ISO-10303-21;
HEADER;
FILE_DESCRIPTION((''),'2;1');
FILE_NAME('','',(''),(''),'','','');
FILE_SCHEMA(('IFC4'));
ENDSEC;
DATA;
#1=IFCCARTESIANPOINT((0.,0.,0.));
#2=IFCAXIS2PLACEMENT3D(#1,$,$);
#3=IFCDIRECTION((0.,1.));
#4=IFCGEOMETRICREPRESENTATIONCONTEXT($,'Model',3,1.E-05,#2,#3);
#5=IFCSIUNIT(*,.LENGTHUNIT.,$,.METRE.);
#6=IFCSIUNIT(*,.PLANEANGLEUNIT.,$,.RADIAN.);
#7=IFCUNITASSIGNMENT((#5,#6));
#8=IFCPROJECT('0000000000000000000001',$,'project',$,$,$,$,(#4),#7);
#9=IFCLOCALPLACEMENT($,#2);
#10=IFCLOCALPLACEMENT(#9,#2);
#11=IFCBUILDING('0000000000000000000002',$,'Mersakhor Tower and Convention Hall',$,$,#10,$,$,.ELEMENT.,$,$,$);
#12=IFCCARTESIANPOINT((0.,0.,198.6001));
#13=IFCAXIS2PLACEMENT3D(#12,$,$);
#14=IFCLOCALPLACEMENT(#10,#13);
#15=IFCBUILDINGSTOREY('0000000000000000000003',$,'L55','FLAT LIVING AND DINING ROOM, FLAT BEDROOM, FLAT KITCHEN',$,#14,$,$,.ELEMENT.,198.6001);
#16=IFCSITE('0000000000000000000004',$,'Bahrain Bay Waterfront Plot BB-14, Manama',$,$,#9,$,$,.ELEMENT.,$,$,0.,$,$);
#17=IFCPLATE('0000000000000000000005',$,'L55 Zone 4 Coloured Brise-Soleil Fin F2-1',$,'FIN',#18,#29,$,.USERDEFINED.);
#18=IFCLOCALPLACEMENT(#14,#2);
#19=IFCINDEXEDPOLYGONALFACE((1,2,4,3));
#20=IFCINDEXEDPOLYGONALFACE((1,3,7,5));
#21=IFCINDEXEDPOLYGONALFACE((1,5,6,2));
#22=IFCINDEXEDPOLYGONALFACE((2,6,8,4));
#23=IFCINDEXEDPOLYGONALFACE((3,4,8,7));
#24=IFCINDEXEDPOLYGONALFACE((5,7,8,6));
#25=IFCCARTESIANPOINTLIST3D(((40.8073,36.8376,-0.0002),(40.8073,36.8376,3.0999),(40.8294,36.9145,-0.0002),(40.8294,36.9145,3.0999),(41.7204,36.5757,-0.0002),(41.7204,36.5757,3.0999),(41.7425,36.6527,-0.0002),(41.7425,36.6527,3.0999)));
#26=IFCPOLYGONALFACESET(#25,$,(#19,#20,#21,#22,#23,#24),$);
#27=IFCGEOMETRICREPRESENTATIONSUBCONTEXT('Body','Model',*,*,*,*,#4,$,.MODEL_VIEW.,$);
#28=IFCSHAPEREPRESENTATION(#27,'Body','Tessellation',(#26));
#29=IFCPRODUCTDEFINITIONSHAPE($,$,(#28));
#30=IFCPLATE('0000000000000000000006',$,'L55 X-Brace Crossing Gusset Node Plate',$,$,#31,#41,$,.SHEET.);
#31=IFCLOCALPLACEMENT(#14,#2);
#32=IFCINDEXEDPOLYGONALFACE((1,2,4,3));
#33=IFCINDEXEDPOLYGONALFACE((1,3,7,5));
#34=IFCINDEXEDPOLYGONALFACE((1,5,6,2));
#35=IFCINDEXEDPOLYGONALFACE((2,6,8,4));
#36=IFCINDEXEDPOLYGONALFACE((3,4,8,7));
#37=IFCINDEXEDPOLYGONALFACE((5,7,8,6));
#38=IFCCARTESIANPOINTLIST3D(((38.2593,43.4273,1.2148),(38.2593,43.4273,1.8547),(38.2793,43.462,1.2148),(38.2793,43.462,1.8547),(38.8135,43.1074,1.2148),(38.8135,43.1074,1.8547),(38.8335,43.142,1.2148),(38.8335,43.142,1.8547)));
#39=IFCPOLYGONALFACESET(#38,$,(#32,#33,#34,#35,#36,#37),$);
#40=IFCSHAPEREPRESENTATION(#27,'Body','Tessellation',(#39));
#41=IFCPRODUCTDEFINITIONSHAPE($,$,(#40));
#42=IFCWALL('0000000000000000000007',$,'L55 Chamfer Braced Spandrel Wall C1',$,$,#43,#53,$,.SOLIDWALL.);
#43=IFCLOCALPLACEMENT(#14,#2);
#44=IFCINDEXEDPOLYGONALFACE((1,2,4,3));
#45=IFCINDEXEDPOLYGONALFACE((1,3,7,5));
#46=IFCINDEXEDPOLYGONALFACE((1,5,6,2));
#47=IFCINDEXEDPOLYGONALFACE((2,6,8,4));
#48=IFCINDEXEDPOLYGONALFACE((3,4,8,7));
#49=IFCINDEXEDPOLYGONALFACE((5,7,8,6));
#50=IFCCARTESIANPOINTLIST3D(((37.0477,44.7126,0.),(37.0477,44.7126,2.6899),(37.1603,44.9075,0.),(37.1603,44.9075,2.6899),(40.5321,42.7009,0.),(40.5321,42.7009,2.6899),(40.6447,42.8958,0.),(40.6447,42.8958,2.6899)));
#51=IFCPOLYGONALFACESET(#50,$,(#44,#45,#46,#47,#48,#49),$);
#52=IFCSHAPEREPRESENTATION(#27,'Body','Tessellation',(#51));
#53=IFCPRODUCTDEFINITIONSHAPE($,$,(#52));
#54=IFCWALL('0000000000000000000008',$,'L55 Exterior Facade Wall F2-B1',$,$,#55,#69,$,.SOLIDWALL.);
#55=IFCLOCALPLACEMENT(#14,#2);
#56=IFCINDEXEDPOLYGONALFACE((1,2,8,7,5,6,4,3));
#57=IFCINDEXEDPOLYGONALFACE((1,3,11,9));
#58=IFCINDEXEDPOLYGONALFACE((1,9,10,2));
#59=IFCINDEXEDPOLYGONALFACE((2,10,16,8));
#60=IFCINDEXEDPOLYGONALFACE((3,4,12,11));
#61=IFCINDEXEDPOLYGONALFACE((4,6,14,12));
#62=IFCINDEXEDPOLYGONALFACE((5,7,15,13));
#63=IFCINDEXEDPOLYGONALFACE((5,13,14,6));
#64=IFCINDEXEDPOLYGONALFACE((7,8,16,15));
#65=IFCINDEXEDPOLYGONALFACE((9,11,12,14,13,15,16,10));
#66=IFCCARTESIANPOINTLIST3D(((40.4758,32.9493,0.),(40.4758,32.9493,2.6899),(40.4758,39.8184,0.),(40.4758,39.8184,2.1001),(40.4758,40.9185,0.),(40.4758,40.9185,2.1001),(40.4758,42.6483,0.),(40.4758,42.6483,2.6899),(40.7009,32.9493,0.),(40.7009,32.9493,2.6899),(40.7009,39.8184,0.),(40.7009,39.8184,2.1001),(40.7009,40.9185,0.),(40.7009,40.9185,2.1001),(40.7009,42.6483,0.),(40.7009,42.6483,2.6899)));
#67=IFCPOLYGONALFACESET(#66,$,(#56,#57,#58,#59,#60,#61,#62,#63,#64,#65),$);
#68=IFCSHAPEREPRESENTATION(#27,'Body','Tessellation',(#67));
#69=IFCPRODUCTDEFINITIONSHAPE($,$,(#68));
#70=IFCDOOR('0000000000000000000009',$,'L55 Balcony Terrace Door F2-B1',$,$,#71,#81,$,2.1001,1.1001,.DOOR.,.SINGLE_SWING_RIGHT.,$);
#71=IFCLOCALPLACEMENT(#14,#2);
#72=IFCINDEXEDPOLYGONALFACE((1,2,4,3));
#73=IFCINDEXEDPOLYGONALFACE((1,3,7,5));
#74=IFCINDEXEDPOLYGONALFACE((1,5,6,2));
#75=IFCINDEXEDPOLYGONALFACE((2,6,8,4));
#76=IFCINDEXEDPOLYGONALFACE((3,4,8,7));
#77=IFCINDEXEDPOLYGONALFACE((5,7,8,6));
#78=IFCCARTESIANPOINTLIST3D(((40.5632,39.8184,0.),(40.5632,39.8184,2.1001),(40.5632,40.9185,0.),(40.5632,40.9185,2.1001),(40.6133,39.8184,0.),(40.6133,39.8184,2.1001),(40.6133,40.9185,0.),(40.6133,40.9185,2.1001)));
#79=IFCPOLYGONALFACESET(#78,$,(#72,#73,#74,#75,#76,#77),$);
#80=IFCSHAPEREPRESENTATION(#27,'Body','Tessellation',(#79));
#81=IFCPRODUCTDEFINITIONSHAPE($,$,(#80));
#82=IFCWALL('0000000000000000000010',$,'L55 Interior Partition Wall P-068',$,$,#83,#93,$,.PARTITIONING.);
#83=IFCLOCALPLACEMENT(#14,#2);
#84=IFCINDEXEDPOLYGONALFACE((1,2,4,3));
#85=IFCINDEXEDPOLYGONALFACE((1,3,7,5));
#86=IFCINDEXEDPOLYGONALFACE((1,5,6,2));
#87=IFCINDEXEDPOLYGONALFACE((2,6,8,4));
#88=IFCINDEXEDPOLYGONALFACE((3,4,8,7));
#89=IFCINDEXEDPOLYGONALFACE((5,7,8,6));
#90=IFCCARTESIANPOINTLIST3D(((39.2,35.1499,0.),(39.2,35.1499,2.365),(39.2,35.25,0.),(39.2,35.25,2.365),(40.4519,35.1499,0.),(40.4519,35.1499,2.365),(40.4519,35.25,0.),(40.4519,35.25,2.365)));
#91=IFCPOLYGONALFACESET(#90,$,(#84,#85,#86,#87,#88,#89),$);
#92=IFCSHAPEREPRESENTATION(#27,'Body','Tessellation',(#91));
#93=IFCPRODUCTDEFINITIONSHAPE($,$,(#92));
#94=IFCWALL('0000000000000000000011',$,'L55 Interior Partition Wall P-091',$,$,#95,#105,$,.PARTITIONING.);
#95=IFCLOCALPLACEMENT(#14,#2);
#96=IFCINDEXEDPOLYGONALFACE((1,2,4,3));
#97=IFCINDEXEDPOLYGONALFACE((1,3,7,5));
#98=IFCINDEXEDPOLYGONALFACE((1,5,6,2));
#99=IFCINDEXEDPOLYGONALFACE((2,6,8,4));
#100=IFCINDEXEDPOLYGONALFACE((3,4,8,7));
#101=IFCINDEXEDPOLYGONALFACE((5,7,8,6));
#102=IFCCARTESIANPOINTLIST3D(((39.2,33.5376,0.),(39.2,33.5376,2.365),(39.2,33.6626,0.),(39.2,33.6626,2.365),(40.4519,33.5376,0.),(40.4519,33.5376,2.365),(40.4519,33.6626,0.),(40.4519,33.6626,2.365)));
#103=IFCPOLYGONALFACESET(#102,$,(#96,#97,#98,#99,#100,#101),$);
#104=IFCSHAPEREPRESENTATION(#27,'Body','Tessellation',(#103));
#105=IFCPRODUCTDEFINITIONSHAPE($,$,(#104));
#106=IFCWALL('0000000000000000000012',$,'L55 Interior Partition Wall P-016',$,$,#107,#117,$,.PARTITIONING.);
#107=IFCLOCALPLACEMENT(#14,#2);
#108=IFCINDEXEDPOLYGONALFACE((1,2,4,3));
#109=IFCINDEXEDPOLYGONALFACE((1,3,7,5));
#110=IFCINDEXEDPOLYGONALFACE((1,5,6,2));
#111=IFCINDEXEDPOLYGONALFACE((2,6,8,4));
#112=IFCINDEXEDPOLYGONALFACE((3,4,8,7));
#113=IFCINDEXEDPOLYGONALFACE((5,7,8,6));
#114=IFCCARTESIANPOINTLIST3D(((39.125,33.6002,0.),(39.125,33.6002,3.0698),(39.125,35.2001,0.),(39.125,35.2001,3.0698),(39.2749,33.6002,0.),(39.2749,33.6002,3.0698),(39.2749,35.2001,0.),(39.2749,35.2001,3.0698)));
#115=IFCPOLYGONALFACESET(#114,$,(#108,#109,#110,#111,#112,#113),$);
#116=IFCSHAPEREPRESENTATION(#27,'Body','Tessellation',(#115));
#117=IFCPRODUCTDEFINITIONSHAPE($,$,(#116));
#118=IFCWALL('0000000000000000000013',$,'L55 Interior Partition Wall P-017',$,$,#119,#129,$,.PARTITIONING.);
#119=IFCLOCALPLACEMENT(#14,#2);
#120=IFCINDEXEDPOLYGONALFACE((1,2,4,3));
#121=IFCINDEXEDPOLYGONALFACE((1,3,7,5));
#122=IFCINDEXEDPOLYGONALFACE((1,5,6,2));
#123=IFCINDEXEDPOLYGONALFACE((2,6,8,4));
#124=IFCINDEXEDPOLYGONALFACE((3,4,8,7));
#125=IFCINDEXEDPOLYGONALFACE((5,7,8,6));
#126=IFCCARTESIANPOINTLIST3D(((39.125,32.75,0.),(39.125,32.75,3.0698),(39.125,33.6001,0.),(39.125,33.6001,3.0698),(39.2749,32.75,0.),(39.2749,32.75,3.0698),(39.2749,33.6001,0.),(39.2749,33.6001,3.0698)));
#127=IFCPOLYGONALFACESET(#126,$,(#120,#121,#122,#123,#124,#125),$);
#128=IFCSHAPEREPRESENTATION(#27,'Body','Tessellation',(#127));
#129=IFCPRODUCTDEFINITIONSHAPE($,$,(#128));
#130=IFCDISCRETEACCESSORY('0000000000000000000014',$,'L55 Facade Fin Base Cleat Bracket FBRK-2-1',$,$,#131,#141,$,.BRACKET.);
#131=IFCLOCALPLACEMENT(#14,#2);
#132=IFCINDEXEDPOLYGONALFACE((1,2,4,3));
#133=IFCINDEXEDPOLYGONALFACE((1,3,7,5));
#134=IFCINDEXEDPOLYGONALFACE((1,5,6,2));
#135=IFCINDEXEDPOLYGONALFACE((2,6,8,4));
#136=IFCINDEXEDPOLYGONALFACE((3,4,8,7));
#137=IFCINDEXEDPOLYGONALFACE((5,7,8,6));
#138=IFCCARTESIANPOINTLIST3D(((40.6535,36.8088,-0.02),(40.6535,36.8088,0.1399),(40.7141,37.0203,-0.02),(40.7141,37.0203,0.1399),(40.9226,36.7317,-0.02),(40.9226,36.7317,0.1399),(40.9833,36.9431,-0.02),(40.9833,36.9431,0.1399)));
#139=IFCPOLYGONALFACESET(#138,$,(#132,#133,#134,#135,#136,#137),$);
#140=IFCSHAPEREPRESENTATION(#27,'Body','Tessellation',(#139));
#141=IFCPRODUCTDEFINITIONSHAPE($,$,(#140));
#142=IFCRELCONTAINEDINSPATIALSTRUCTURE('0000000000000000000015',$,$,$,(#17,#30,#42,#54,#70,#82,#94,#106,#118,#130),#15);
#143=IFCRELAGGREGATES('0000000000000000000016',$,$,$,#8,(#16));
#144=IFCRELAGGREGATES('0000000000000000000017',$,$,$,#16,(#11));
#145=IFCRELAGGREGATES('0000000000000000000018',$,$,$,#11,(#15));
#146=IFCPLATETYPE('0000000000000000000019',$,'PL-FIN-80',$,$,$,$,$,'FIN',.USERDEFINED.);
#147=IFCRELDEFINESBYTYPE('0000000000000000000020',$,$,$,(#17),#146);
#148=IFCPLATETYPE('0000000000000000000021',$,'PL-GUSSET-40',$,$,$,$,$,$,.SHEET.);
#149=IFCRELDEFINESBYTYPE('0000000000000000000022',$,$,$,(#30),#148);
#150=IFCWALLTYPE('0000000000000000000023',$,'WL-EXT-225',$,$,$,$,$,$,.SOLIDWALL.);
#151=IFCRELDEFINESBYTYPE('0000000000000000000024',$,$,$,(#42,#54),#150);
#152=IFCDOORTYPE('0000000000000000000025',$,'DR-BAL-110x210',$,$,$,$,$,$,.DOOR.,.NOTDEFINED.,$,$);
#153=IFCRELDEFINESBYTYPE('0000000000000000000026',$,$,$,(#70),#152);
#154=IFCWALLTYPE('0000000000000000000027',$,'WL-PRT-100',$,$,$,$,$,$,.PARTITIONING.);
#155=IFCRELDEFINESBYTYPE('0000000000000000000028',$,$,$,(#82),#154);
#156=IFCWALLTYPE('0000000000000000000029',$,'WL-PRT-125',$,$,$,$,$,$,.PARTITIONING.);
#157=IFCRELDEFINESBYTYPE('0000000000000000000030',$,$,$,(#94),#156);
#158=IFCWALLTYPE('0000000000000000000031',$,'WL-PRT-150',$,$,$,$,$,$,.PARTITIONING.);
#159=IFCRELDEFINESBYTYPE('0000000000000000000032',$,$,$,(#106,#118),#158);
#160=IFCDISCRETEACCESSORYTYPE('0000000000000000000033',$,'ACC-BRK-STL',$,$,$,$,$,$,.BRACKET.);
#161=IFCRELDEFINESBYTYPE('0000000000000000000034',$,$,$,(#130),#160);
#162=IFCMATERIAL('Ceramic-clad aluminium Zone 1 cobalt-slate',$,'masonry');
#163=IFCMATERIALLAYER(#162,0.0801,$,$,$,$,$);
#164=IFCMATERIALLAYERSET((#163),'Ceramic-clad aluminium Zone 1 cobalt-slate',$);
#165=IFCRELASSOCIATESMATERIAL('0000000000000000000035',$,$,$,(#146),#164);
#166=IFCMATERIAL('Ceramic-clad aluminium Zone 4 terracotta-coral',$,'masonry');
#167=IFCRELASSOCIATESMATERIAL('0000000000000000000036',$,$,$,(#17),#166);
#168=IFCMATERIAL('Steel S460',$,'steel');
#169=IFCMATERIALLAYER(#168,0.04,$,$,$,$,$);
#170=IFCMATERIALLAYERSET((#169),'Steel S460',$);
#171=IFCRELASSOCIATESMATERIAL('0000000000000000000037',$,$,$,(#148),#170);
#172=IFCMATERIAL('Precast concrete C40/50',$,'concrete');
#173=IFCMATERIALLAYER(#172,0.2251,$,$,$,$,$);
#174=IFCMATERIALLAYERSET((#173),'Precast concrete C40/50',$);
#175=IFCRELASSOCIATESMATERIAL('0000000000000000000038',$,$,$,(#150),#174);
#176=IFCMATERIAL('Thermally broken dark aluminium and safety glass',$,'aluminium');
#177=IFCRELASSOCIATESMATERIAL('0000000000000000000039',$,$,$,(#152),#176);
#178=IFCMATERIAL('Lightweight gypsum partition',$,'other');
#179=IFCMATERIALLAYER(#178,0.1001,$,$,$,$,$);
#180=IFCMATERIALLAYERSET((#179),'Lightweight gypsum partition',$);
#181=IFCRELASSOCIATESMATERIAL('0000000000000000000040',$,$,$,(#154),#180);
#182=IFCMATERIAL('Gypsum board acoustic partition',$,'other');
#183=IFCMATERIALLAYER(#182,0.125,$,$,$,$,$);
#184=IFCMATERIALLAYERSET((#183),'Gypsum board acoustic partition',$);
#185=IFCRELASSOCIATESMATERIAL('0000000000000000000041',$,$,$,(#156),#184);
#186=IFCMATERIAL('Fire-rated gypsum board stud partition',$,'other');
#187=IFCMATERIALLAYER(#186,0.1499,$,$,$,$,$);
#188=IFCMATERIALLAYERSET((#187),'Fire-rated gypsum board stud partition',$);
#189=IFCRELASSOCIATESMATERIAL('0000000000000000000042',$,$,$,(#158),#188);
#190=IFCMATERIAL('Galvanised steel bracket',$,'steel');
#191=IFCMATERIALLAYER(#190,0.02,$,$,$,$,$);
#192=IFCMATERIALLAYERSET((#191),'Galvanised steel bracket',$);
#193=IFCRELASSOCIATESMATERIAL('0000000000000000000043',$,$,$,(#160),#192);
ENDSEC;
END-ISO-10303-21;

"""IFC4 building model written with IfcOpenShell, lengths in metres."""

from ifc_helpers import new_model, si_unit, direction, frame, frame_2d, origin, origin_2d, place, context, subcontext, project, spatial, rectangle, extrude, material, layer, layer_set, type_object, element, fill, save


model = new_model("IFC4")

# Units and contexts
model_context = context("Model", 3, precision=1e-05, world=origin(), true_north=direction((0.0, 1.0)))
body_context = subcontext(model_context, "Body", "Model", "MODEL_VIEW")
ifc_project = project(units=[si_unit("LENGTHUNIT", "METRE"), si_unit("PLANEANGLEUNIT", "RADIAN")], contexts=[model_context])

# Site, building, storey
site_placement = place(None, origin())
site = spatial("IfcSite", under=ifc_project, at=site_placement, Name="Bahrain Bay Waterfront Plot BB-14, Manama", CompositionType="ELEMENT", RefElevation=0.0)
building_placement = place(site_placement, origin())
building = spatial("IfcBuilding", under=site, at=building_placement, Name="Mersakhor Tower and Convention Hall", CompositionType="ELEMENT")
storey_placement = place(building_placement, frame((0.0, 0.0, 198.6001)))
storey = spatial("IfcBuildingStorey", under=building, at=storey_placement, Name="L55", Description="FLAT LIVING AND DINING ROOM, FLAT BEDROOM, FLAT KITCHEN", CompositionType="ELEMENT", Elevation=198.6001)

# Plates
ifc_material_1 = material(Name="Ceramic-clad aluminium Zone 4 terracotta-coral", Category="masonry")
ifc_material_2 = material(Name="Ceramic-clad aluminium Zone 1 cobalt-slate", Category="masonry")
ifc_layer_1 = layer(ifc_material_2, 0.0801)
ifc_layer_set_1 = layer_set([ifc_layer_1], Name="Ceramic-clad aluminium Zone 1 cobalt-slate")
plate_type_1 = type_object("IfcPlateType", Name="PL-FIN-80", ElementType="FIN", PredefinedType="USERDEFINED", material=ifc_layer_set_1)
plate_1_placement = place(storey_placement, frame((41.2749, 36.7451, -0.0002), z_axis=(0.0, 0.0, 1.0), x_axis=(0.961262, -0.275637, 0.0)))
element("IfcPlate", 1, at=plate_1_placement, inside=storey, type_object=plate_type_1, material=ifc_material_1, Name="L55 Zone 4 Coloured Brise-Soleil Fin F2-1", ObjectType="FIN", PredefinedType="USERDEFINED", context=body_context, shape_type="SweptSolid", body=[
    extrude(rectangle(XDim=0.95, YDim=0.0801, at=origin_2d()), origin(), (0.0, 0.0, 1.0), 3.1001),
])
ifc_material_3 = material(Name="Steel S460", Category="steel")
ifc_layer_2 = layer(ifc_material_3, 0.04)
ifc_layer_set_2 = layer_set([ifc_layer_2], Name="Steel S460")
plate_type_2 = type_object("IfcPlateType", Name="PL-GUSSET-40", PredefinedType="SHEET", material=ifc_layer_set_2)
plate_2_placement = place(storey_placement, frame((38.5464, 43.2847, 1.2148), z_axis=(0.0, 0.0, 1.0), x_axis=(-0.866025, 0.5, 0.0)))
element("IfcPlate", 2, at=plate_2_placement, inside=storey, type_object=plate_type_2, Name="L55 X-Brace Crossing Gusset Node Plate", PredefinedType="SHEET", context=body_context, shape_type="SweptSolid", body=[
    extrude(rectangle(XDim=0.6399, YDim=0.04, at=origin_2d()), origin(), (0.0, 0.0, 1.0), 0.6399),
])

# Wall
ifc_material_4 = material(Name="Precast concrete C40/50", Category="concrete")
ifc_layer_3 = layer(ifc_material_4, 0.2251)
ifc_layer_set_3 = layer_set([ifc_layer_3], Name="Precast concrete C40/50")
wall_type_1 = type_object("IfcWallType", Name="WL-EXT-225", PredefinedType="SOLIDWALL", material=ifc_layer_set_3)
wall_1_placement = place(storey_placement, frame((37.104, 44.8101, 0.0), z_axis=(0.0, 0.0, 1.0), x_axis=(0.866024, -0.500003, 0.0)))
element("IfcWall", 3, at=wall_1_placement, inside=storey, type_object=wall_type_1, Name="L55 Chamfer Braced Spandrel Wall C1", PredefinedType="SOLIDWALL", context=body_context, shape_type="SweptSolid", body=[
    extrude(rectangle(XDim=4.0234, YDim=0.2251, at=frame_2d((2.0117, 0.0))), origin(), (0.0, 0.0, 1.0), 2.6899),
])

# Wall, opening, door
wall_2_placement = place(storey_placement, frame((40.5884, 42.6484, 0.0), z_axis=(0.0, 0.0, 1.0), x_axis=(0.0, -1.0, 0.0)))
wall_2 = element("IfcWall", 4, at=wall_2_placement, inside=storey, type_object=wall_type_1, Name="L55 Exterior Facade Wall F2-B1", PredefinedType="SOLIDWALL", context=body_context, shape_type="SweptSolid", body=[
    extrude(rectangle(XDim=9.699, YDim=0.2251, at=frame_2d((4.8496, 0.0))), origin(), (0.0, 0.0, 1.0), 2.6899),
])
opening_placement = place(wall_2_placement, frame((1.73, 0.0, 0.0)))
opening = element("IfcOpeningElement", 5, at=opening_placement, cuts=wall_2, PredefinedType="OPENING", context=body_context, shape_type="SweptSolid", body=[
    extrude(rectangle(XDim=1.1001, YDim=2.1001, at=frame_2d((0.55, 1.05))), frame((0.0, 0.1226, 0.0), z_axis=(0.0, -1.0, 0.0), x_axis=(1.0, 0.0, 0.0)), (0.0, 0.0, 1.0), 0.2451),
])
ifc_material_5 = material(Name="Thermally broken dark aluminium and safety glass", Category="aluminium")
door_type = type_object("IfcDoorType", Name="DR-BAL-110x210", OperationType="NOTDEFINED", PredefinedType="DOOR", material=ifc_material_5)
door_placement = place(opening_placement, origin())
door = element("IfcDoor", 6, at=door_placement, inside=storey, type_object=door_type, Name="L55 Balcony Terrace Door F2-B1", OperationType="SINGLE_SWING_RIGHT", OverallHeight=2.1001, OverallWidth=1.1001, PredefinedType="DOOR", context=body_context, shape_type="SweptSolid", body=[
    extrude(rectangle(XDim=1.1001, YDim=2.1001, at=frame_2d((0.55, 1.05))), frame((0.0, 0.0249, 0.0), z_axis=(0.0, -1.0, 0.0), x_axis=(1.0, 0.0, 0.0)), (0.0, 0.0, 1.0), 0.05),
])
fill(opening, door)

# Walls
ifc_material_6 = material(Name="Lightweight gypsum partition", Category="other")
ifc_layer_4 = layer(ifc_material_6, 0.1001)
ifc_layer_set_4 = layer_set([ifc_layer_4], Name="Lightweight gypsum partition")
wall_type_2 = type_object("IfcWallType", Name="WL-PRT-100", PredefinedType="PARTITIONING", material=ifc_layer_set_4)
wall_3_placement = place(storey_placement, frame((40.4519, 35.2, 0.0), z_axis=(0.0, 0.0, 1.0), x_axis=(-1.0, 0.0, 0.0)))
element("IfcWall", 7, at=wall_3_placement, inside=storey, type_object=wall_type_2, Name="L55 Interior Partition Wall P-068", PredefinedType="PARTITIONING", context=body_context, shape_type="SweptSolid", body=[
    extrude(rectangle(XDim=1.252, YDim=0.1001, at=frame_2d((0.626, 0.0))), origin(), (0.0, 0.0, 1.0), 2.365),
])
ifc_material_7 = material(Name="Gypsum board acoustic partition", Category="other")
ifc_layer_5 = layer(ifc_material_7, 0.125)
ifc_layer_set_5 = layer_set([ifc_layer_5], Name="Gypsum board acoustic partition")
wall_type_3 = type_object("IfcWallType", Name="WL-PRT-125", PredefinedType="PARTITIONING", material=ifc_layer_set_5)
wall_4_placement = place(storey_placement, frame((39.2, 33.6001, 0.0), z_axis=(0.0, 0.0, 1.0), x_axis=(1.0, 0.0, 0.0)))
element("IfcWall", 8, at=wall_4_placement, inside=storey, type_object=wall_type_3, Name="L55 Interior Partition Wall P-091", PredefinedType="PARTITIONING", context=body_context, shape_type="SweptSolid", body=[
    extrude(rectangle(XDim=1.252, YDim=0.125, at=frame_2d((0.626, 0.0))), origin(), (0.0, 0.0, 1.0), 2.365),
])
ifc_material_8 = material(Name="Fire-rated gypsum board stud partition", Category="other")
ifc_layer_6 = layer(ifc_material_8, 0.1499)
ifc_layer_set_6 = layer_set([ifc_layer_6], Name="Fire-rated gypsum board stud partition")
wall_type_4 = type_object("IfcWallType", Name="WL-PRT-150", PredefinedType="PARTITIONING", material=ifc_layer_set_6)
wall_5_placement = place(storey_placement, frame((39.2, 35.2, 0.0), z_axis=(0.0, 0.0, 1.0), x_axis=(0.0, -1.0, 0.0)))
element("IfcWall", 9, at=wall_5_placement, inside=storey, type_object=wall_type_4, Name="L55 Interior Partition Wall P-016", PredefinedType="PARTITIONING", context=body_context, shape_type="SweptSolid", body=[
    extrude(rectangle(XDim=1.5999, YDim=0.1499, at=frame_2d((0.7998, 0.0))), origin(), (0.0, 0.0, 1.0), 3.0698),
])
wall_6_placement = place(storey_placement, frame((39.2, 33.6001, 0.0), z_axis=(0.0, 0.0, 1.0), x_axis=(0.0, -1.0, 0.0)))
element("IfcWall", 10, at=wall_6_placement, inside=storey, type_object=wall_type_4, Name="L55 Interior Partition Wall P-017", PredefinedType="PARTITIONING", context=body_context, shape_type="SweptSolid", body=[
    extrude(rectangle(XDim=0.8501, YDim=0.1499, at=frame_2d((0.425, 0.0))), origin(), (0.0, 0.0, 1.0), 3.0698),
])

# Discrete accessory
ifc_material_9 = material(Name="Galvanised steel bracket", Category="steel")
ifc_layer_7 = layer(ifc_material_9, 0.02)
ifc_layer_set_7 = layer_set([ifc_layer_7], Name="Galvanised steel bracket")
discrete_accessory_type = type_object("IfcDiscreteAccessoryType", Name="ACC-BRK-STL", PredefinedType="BRACKET", material=ifc_layer_set_7)
discrete_accessory_placement = place(storey_placement, frame((40.8184, 36.876, -0.02), z_axis=(0.0, 0.0, 1.0), x_axis=(0.961262, -0.275637, 0.0)))
element("IfcDiscreteAccessory", 11, at=discrete_accessory_placement, inside=storey, type_object=discrete_accessory_type, Name="L55 Facade Fin Base Cleat Bracket FBRK-2-1", PredefinedType="BRACKET", context=body_context, shape_type="SweptSolid", body=[
    extrude(rectangle(XDim=0.28, YDim=0.22, at=origin_2d()), origin(), (0.0, 0.0, 1.0), 0.1599),
])

save(model, "model.ifc")
